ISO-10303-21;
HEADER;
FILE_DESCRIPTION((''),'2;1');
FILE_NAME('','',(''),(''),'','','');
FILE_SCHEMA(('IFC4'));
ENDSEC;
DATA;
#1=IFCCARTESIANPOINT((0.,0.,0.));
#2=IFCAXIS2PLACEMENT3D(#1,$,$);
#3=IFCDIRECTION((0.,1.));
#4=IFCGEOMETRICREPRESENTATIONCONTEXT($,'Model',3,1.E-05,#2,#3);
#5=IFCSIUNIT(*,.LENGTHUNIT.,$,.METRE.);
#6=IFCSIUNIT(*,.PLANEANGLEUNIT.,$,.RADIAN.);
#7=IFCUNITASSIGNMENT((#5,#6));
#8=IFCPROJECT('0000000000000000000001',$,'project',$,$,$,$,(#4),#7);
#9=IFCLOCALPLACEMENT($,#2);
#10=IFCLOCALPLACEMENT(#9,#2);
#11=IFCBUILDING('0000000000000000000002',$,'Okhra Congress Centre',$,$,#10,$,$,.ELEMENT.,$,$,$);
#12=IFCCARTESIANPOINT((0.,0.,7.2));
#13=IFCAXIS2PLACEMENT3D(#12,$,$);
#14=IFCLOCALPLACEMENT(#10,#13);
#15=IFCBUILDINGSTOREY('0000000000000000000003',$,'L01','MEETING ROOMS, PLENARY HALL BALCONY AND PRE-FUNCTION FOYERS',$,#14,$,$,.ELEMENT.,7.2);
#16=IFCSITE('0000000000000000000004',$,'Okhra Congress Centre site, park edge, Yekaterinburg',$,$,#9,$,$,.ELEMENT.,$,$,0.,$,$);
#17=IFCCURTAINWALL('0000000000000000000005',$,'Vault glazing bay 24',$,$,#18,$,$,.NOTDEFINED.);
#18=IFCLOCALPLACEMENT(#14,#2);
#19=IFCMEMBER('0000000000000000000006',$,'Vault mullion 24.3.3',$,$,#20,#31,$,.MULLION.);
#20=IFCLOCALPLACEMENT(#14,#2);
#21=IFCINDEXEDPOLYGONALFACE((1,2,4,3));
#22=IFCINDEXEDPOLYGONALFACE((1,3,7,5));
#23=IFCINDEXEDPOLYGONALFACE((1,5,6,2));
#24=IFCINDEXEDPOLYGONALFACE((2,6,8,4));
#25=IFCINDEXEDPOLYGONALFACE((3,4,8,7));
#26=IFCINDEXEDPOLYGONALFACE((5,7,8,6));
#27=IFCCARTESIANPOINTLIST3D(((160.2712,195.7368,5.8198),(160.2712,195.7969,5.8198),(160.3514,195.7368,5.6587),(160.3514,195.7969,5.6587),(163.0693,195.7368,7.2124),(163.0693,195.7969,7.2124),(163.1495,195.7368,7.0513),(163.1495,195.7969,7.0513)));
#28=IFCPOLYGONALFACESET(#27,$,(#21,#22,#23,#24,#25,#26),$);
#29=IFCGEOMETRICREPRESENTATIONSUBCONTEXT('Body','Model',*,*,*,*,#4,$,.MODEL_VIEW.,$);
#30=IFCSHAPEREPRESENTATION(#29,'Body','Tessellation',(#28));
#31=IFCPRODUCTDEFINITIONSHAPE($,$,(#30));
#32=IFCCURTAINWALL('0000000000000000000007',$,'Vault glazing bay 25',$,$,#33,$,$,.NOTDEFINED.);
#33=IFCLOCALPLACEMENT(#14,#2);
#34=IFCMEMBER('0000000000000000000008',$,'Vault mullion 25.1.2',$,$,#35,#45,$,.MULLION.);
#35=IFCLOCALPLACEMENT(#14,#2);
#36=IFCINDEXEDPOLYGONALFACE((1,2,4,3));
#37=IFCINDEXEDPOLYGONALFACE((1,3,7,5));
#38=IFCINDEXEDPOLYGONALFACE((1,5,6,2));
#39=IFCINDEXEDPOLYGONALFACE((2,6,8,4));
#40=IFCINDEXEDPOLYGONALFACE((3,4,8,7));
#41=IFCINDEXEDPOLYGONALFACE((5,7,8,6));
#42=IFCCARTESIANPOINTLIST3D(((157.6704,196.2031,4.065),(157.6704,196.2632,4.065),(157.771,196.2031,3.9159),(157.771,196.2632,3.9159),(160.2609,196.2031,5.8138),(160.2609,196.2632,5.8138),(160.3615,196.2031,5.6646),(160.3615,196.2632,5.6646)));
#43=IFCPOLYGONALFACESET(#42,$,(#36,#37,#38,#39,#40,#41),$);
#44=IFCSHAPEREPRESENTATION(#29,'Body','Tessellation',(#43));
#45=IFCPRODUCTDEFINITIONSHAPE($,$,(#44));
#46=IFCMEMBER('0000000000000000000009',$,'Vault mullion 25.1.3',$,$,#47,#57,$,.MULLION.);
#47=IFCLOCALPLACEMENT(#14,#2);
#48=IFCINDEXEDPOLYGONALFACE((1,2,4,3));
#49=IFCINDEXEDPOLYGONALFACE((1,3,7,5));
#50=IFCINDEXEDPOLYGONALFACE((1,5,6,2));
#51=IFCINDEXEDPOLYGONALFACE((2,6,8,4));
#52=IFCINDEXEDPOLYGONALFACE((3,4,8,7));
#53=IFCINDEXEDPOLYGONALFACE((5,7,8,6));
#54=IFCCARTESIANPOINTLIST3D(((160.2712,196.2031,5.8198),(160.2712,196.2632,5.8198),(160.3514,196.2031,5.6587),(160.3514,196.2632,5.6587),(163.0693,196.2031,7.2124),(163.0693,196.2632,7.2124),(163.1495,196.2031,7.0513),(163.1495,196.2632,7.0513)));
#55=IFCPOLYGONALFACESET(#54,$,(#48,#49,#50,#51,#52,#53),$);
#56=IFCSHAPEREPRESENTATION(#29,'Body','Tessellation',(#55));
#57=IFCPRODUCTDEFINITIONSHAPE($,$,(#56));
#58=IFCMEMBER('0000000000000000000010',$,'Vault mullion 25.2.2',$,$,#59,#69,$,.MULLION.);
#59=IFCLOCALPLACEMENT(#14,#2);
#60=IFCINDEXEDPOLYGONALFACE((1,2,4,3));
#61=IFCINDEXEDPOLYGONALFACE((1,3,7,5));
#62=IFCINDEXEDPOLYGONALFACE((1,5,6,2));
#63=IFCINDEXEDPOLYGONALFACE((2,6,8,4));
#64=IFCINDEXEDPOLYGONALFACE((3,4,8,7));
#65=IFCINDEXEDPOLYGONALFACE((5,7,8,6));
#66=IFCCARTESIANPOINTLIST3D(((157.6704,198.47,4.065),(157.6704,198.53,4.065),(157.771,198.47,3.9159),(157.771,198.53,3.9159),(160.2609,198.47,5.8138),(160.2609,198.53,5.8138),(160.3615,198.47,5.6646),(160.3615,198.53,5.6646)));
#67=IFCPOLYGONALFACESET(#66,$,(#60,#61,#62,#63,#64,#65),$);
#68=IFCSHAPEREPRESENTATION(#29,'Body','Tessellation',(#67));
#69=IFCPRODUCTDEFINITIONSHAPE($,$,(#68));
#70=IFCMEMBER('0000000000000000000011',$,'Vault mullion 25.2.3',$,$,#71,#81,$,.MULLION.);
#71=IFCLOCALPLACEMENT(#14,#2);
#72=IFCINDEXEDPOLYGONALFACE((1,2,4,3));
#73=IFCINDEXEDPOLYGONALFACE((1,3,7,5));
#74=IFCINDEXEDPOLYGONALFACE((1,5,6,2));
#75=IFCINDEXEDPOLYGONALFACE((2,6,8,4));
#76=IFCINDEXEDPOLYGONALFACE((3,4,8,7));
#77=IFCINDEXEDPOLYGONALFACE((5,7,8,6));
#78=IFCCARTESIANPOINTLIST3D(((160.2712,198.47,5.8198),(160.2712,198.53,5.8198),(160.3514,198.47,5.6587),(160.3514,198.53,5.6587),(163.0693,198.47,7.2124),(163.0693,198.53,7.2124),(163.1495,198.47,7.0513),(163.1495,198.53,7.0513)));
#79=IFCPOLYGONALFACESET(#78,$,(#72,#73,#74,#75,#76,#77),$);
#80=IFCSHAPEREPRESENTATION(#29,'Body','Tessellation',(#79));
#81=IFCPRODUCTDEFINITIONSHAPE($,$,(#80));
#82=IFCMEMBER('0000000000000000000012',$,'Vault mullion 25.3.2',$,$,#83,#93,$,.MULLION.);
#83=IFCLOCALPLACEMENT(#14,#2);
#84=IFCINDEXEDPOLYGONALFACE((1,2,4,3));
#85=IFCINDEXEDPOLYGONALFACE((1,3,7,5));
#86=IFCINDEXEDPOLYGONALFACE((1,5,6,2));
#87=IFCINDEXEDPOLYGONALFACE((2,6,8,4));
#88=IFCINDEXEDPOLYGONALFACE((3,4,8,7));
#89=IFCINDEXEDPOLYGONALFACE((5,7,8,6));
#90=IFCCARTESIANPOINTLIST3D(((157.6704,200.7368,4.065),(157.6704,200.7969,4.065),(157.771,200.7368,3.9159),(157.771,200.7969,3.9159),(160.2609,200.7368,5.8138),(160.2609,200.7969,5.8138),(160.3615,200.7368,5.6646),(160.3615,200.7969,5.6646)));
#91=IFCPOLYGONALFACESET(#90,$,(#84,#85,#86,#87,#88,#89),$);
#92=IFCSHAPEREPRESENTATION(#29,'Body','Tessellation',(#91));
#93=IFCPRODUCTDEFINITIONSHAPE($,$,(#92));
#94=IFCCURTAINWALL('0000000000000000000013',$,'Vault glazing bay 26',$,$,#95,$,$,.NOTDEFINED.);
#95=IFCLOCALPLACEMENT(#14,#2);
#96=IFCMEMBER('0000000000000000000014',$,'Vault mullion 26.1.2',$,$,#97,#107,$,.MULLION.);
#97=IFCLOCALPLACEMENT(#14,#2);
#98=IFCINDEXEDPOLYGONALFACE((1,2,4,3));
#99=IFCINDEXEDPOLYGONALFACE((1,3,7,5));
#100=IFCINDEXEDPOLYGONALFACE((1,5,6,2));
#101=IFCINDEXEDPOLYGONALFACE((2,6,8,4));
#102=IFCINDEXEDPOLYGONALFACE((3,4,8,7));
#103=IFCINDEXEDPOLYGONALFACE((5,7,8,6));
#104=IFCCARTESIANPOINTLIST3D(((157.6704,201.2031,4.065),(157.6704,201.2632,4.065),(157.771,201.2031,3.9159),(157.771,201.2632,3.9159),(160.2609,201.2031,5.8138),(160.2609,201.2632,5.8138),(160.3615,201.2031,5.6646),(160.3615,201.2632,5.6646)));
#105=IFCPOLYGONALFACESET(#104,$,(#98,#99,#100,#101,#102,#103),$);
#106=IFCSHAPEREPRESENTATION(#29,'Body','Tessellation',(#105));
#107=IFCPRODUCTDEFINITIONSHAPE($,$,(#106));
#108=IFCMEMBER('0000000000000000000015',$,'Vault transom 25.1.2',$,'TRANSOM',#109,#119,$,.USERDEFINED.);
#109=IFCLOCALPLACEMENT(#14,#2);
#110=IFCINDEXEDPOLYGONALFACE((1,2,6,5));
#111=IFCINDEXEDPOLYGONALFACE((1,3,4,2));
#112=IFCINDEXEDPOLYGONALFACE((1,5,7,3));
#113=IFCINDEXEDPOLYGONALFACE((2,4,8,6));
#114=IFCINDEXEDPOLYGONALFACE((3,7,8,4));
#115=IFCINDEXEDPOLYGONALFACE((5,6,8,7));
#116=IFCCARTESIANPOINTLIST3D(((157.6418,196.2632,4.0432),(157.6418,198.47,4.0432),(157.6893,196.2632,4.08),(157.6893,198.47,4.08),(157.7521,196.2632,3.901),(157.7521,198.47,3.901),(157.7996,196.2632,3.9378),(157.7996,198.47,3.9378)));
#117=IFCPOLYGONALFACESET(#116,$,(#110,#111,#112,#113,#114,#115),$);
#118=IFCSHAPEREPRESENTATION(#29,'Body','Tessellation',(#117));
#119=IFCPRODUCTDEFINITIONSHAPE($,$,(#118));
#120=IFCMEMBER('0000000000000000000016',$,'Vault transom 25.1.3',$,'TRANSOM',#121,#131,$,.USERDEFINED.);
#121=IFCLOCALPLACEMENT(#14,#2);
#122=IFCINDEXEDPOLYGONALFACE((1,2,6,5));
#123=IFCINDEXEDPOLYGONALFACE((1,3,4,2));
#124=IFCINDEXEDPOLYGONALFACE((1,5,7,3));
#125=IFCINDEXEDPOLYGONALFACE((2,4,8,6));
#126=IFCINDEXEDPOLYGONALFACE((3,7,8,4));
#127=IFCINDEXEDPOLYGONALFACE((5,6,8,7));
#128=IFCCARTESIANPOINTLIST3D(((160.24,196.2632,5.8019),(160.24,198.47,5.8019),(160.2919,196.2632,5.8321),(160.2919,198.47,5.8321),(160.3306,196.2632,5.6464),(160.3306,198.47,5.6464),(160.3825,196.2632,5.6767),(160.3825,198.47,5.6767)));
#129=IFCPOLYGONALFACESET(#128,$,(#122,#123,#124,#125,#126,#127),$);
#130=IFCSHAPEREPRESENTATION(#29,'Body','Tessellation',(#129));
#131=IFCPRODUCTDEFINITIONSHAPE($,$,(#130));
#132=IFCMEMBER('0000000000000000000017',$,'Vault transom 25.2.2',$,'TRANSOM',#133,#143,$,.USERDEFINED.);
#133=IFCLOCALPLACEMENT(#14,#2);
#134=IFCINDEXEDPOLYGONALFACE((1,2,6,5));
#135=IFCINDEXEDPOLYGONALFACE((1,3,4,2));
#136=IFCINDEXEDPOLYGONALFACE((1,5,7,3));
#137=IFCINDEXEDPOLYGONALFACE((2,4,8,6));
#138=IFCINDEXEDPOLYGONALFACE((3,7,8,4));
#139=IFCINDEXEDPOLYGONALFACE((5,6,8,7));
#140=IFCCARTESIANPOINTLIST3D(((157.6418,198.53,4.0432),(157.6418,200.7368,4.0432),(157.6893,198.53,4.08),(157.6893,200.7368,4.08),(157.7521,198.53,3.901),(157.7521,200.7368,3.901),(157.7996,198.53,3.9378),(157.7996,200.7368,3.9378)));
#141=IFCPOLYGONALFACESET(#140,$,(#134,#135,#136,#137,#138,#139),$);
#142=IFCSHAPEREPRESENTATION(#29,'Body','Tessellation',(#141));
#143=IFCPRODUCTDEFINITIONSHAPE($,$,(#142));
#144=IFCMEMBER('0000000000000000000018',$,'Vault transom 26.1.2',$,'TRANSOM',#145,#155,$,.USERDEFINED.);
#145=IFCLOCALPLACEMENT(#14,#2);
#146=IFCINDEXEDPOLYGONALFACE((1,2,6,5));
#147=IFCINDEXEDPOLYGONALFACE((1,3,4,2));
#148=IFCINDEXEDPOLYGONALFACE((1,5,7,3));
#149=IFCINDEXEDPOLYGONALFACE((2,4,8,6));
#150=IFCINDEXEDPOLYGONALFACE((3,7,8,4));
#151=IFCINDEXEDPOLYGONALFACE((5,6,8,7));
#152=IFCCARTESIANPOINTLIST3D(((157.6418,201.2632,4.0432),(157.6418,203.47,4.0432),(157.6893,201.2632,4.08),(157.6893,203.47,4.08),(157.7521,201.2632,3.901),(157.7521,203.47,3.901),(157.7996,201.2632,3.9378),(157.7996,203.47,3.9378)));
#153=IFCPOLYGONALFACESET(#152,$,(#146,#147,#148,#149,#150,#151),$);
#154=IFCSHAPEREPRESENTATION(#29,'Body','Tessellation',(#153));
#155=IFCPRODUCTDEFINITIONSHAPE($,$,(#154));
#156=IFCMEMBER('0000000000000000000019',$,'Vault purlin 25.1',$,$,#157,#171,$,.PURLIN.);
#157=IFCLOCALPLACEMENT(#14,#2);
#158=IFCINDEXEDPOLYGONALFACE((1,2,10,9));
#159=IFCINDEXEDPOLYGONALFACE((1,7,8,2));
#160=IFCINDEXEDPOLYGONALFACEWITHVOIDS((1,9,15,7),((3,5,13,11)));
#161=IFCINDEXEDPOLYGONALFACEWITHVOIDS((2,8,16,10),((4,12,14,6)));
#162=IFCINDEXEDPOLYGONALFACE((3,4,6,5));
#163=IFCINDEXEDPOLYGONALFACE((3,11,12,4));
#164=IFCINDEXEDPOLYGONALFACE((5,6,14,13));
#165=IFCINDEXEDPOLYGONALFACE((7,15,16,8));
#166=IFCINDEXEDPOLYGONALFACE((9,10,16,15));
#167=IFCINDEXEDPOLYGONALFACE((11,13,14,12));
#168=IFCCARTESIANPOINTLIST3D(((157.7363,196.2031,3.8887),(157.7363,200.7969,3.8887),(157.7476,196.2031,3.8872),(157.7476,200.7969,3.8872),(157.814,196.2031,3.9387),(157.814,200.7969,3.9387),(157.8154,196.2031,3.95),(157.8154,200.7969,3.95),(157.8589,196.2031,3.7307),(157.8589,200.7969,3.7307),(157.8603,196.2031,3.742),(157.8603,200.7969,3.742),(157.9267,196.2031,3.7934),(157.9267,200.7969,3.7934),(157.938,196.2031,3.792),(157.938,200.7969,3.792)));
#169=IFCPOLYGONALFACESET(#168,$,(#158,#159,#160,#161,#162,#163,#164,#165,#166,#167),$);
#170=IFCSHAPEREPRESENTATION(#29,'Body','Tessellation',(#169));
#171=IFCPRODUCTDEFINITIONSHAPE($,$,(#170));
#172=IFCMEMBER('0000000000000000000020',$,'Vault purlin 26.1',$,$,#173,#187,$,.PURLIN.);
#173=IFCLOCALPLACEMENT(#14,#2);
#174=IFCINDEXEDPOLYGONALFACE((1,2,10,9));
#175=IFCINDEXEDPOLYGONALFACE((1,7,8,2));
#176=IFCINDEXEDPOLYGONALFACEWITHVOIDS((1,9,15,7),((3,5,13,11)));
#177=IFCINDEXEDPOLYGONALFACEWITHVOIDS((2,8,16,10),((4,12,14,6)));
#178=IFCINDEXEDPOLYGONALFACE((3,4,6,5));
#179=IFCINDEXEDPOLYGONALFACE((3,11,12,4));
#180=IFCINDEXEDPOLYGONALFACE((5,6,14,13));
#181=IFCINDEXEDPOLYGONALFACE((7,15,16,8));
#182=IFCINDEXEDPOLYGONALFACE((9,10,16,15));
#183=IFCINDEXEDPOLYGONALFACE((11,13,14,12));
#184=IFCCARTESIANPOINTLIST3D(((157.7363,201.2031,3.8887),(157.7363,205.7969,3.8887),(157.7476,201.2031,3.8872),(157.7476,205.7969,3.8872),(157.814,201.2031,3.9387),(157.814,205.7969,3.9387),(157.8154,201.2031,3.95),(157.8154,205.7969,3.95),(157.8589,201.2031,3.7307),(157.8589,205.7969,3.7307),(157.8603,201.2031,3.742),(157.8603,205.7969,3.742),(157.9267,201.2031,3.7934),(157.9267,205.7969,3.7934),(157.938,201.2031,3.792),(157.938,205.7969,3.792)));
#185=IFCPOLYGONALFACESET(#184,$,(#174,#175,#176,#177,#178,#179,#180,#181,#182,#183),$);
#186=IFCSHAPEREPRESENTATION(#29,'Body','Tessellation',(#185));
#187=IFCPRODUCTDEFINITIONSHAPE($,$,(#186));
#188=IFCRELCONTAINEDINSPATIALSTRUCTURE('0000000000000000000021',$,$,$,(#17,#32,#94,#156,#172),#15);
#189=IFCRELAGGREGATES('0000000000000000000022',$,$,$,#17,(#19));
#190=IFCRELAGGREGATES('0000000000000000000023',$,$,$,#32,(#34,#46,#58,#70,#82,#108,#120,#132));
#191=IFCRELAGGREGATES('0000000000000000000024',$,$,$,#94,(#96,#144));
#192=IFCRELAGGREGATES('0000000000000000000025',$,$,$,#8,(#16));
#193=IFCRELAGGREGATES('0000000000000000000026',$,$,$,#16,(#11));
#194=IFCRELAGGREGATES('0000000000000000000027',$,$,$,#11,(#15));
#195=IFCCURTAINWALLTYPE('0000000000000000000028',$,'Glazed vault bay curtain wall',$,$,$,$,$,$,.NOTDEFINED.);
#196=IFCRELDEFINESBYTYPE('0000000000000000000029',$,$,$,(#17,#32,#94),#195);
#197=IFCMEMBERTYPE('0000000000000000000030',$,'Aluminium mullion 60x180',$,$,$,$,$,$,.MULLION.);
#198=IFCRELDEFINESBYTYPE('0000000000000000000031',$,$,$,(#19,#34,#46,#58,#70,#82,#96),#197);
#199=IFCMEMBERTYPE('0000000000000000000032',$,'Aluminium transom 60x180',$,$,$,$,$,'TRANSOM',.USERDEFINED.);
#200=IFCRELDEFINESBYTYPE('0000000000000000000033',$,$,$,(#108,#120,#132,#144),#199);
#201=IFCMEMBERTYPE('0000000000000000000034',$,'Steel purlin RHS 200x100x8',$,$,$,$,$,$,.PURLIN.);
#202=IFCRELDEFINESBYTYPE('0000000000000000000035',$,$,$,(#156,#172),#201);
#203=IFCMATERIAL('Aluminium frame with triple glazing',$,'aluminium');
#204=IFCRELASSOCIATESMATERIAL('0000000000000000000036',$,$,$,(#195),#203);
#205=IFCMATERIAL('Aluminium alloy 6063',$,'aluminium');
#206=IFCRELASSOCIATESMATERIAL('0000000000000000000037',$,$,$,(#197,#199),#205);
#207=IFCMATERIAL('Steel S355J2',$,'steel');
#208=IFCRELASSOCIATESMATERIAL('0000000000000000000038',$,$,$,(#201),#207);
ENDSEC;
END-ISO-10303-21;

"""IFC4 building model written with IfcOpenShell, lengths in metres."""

from ifc_helpers import new_model, si_unit, direction, frame, origin, origin_2d, place, context, subcontext, project, spatial, rectangle, hollow_rectangle, extrude, material, material_profile, profile_set, type_object, element, aggregate, save


model = new_model("IFC4")

# Units and contexts
model_context = context("Model", 3, precision=1e-05, world=origin(), true_north=direction((0.0, 1.0)))
body_context = subcontext(model_context, "Body", "Model", "MODEL_VIEW")
ifc_project = project(units=[si_unit("LENGTHUNIT", "METRE"), si_unit("PLANEANGLEUNIT", "RADIAN")], contexts=[model_context])

# Site, building, storey
site_placement = place(None, origin())
site = spatial("IfcSite", under=ifc_project, at=site_placement, Name="Okhra Congress Centre site, park edge, Yekaterinburg", CompositionType="ELEMENT", RefElevation=0.0)
building_placement = place(site_placement, origin())
building = spatial("IfcBuilding", under=site, at=building_placement, Name="Okhra Congress Centre", CompositionType="ELEMENT")
storey_placement = place(building_placement, frame((0.0, 0.0, 7.2)))
storey = spatial("IfcBuildingStorey", under=building, at=storey_placement, Name="L01", Description="MEETING ROOMS, PLENARY HALL BALCONY AND PRE-FUNCTION FOYERS", CompositionType="ELEMENT", Elevation=7.2)

# Curtain wall, member
ifc_material_1 = material(Name="Aluminium frame with triple glazing", Category="aluminium")
curtain_wall_type = type_object("IfcCurtainWallType", Name="Glazed vault bay curtain wall", PredefinedType="NOTDEFINED", material=ifc_material_1)
curtain_wall_1_placement = place(storey_placement, origin())
curtain_wall_1 = element("IfcCurtainWall", 1, at=curtain_wall_1_placement, inside=storey, type_object=curtain_wall_type, Name="Vault glazing bay 24", PredefinedType="NOTDEFINED")
ifc_material_2 = material(Name="Aluminium alloy 6063", Category="aluminium")
ifc_material_profile_1 = material_profile(ifc_material_2, rectangle(XDim=0.0601, YDim=0.1799, at=origin_2d()), Name="AL 60x180")
ifc_profile_set_1 = profile_set([ifc_material_profile_1], Name="Aluminium alloy 6063")
member_type_1 = type_object("IfcMemberType", Name="Aluminium mullion 60x180", PredefinedType="MULLION", material=ifc_profile_set_1)
member_1_placement = place(storey_placement, frame((160.3113, 195.7668, 5.7393), z_axis=(0.895254, 0.0, 0.445557), x_axis=(0.0, 1.0, 0.0)))
member_1 = element("IfcMember", 2, at=member_1_placement, type_object=member_type_1, Name="Vault mullion 24.3.3", PredefinedType="MULLION", context=body_context, shape_type="SweptSolid", body=[
    extrude(rectangle(XDim=0.0601, YDim=0.1799, at=origin_2d()), origin(), (0.0, 0.0, 1.0), 3.1255),
])
aggregate(curtain_wall_1, [member_1])

# Curtain wall, members
curtain_wall_2_placement = place(storey_placement, origin())
curtain_wall_2 = element("IfcCurtainWall", 3, at=curtain_wall_2_placement, inside=storey, type_object=curtain_wall_type, Name="Vault glazing bay 25", PredefinedType="NOTDEFINED")
member_2_placement = place(storey_placement, frame((157.7207, 196.2332, 3.9905), z_axis=(0.828828, 0.0, 0.559504), x_axis=(0.0, 1.0, 0.0)))
member_2 = element("IfcMember", 4, at=member_2_placement, type_object=member_type_1, Name="Vault mullion 25.1.2", PredefinedType="MULLION", context=body_context, shape_type="SweptSolid", body=[
    extrude(rectangle(XDim=0.0601, YDim=0.1799, at=origin_2d()), origin(), (0.0, 0.0, 1.0), 3.1255),
])
member_3_placement = place(storey_placement, frame((160.3113, 196.2332, 5.7393), z_axis=(0.895254, 0.0, 0.445557), x_axis=(0.0, 1.0, 0.0)))
member_3 = element("IfcMember", 5, at=member_3_placement, type_object=member_type_1, Name="Vault mullion 25.1.3", PredefinedType="MULLION", context=body_context, shape_type="SweptSolid", body=[
    extrude(rectangle(XDim=0.0601, YDim=0.1799, at=origin_2d()), origin(), (0.0, 0.0, 1.0), 3.1255),
])
member_4_placement = place(storey_placement, frame((157.7207, 198.5, 3.9905), z_axis=(0.828828, 0.0, 0.559504), x_axis=(0.0, 1.0, 0.0)))
member_4 = element("IfcMember", 6, at=member_4_placement, type_object=member_type_1, Name="Vault mullion 25.2.2", PredefinedType="MULLION", context=body_context, shape_type="SweptSolid", body=[
    extrude(rectangle(XDim=0.0601, YDim=0.1799, at=origin_2d()), origin(), (0.0, 0.0, 1.0), 3.1255),
])
member_5_placement = place(storey_placement, frame((160.3113, 198.5, 5.7393), z_axis=(0.895254, 0.0, 0.445557), x_axis=(0.0, 1.0, 0.0)))
member_5 = element("IfcMember", 7, at=member_5_placement, type_object=member_type_1, Name="Vault mullion 25.2.3", PredefinedType="MULLION", context=body_context, shape_type="SweptSolid", body=[
    extrude(rectangle(XDim=0.0601, YDim=0.1799, at=origin_2d()), origin(), (0.0, 0.0, 1.0), 3.1255),
])
member_6_placement = place(storey_placement, frame((157.7207, 200.7668, 3.9905), z_axis=(0.828828, 0.0, 0.559504), x_axis=(0.0, 1.0, 0.0)))
member_6 = element("IfcMember", 8, at=member_6_placement, type_object=member_type_1, Name="Vault mullion 25.3.2", PredefinedType="MULLION", context=body_context, shape_type="SweptSolid", body=[
    extrude(rectangle(XDim=0.0601, YDim=0.1799, at=origin_2d()), origin(), (0.0, 0.0, 1.0), 3.1255),
])

# Curtain wall, member
curtain_wall_3_placement = place(storey_placement, origin())
curtain_wall_3 = element("IfcCurtainWall", 9, at=curtain_wall_3_placement, inside=storey, type_object=curtain_wall_type, Name="Vault glazing bay 26", PredefinedType="NOTDEFINED")
member_7_placement = place(storey_placement, frame((157.7207, 201.2332, 3.9905), z_axis=(0.828828, 0.0, 0.559504), x_axis=(0.0, 1.0, 0.0)))
member_7 = element("IfcMember", 10, at=member_7_placement, type_object=member_type_1, Name="Vault mullion 26.1.2", PredefinedType="MULLION", context=body_context, shape_type="SweptSolid", body=[
    extrude(rectangle(XDim=0.0601, YDim=0.1799, at=origin_2d()), origin(), (0.0, 0.0, 1.0), 3.1255),
])

# Members
ifc_material_profile_2 = material_profile(ifc_material_2, rectangle(XDim=0.0601, YDim=0.1799, at=origin_2d()), Name="AL 60x180 transom")
ifc_profile_set_2 = profile_set([ifc_material_profile_2], Name="Aluminium alloy 6063")
member_type_2 = type_object("IfcMemberType", Name="Aluminium transom 60x180", ElementType="TRANSOM", PredefinedType="USERDEFINED", material=ifc_profile_set_2)
member_8_placement = place(storey_placement, frame((157.7207, 196.2632, 3.9905), z_axis=(0.0, 1.0, 0.0), x_axis=(-0.790145, 0.0, -0.61292)))
member_8 = element("IfcMember", 11, at=member_8_placement, type_object=member_type_2, Name="Vault transom 25.1.2", ObjectType="TRANSOM", PredefinedType="USERDEFINED", context=body_context, shape_type="SweptSolid", body=[
    extrude(rectangle(XDim=0.0601, YDim=0.1799, at=origin_2d()), origin(), (0.0, 0.0, 1.0), 2.2068),
])
member_9_placement = place(storey_placement, frame((160.3113, 196.2632, 5.7393), z_axis=(0.0, 1.0, 0.0), x_axis=(-0.863917, 0.0, -0.503634)))
member_9 = element("IfcMember", 12, at=member_9_placement, type_object=member_type_2, Name="Vault transom 25.1.3", ObjectType="TRANSOM", PredefinedType="USERDEFINED", context=body_context, shape_type="SweptSolid", body=[
    extrude(rectangle(XDim=0.0601, YDim=0.1799, at=origin_2d()), origin(), (0.0, 0.0, 1.0), 2.2068),
])
member_10_placement = place(storey_placement, frame((157.7207, 198.53, 3.9905), z_axis=(0.0, 1.0, 0.0), x_axis=(-0.790145, 0.0, -0.61292)))
member_10 = element("IfcMember", 13, at=member_10_placement, type_object=member_type_2, Name="Vault transom 25.2.2", ObjectType="TRANSOM", PredefinedType="USERDEFINED", context=body_context, shape_type="SweptSolid", body=[
    extrude(rectangle(XDim=0.0601, YDim=0.1799, at=origin_2d()), origin(), (0.0, 0.0, 1.0), 2.2068),
])
member_11_placement = place(storey_placement, frame((157.7207, 201.2632, 3.9905), z_axis=(0.0, 1.0, 0.0), x_axis=(-0.790145, 0.0, -0.61292)))
member_11 = element("IfcMember", 14, at=member_11_placement, type_object=member_type_2, Name="Vault transom 26.1.2", ObjectType="TRANSOM", PredefinedType="USERDEFINED", context=body_context, shape_type="SweptSolid", body=[
    extrude(rectangle(XDim=0.0601, YDim=0.1799, at=origin_2d()), origin(), (0.0, 0.0, 1.0), 2.2068),
])

# Members
ifc_material_3 = material(Name="Steel S355J2", Category="steel")
ifc_material_profile_3 = material_profile(ifc_material_3, hollow_rectangle(XDim=0.1001, YDim=0.2, WallThickness=0.0081, at=origin_2d()), Name="RHS 200x100x8")
ifc_profile_set_3 = profile_set([ifc_material_profile_3], Name="Steel S355J2")
member_type_3 = type_object("IfcMemberType", Name="Steel purlin RHS 200x100x8", PredefinedType="PURLIN", material=ifc_profile_set_3)
for number, where, z_axis, x_axis, name in (
    (15, (157.8372, 196.2031, 3.8403), (0.0, 1.0, 0.0), (-0.790145, 0.0, -0.61292), "Vault purlin 25.1"),
    (16, (157.8372, 201.2031, 3.8403), (0.0, 1.0, 0.0), (-0.790145, 0.0, -0.61292), "Vault purlin 26.1"),
):
    element("IfcMember", number, at=place(storey_placement, frame(where, z_axis=z_axis, x_axis=x_axis)), inside=storey, type_object=member_type_3, Name=name, PredefinedType="PURLIN", context=body_context, shape_type="SweptSolid", body=[
        extrude(hollow_rectangle(XDim=0.1001, YDim=0.2, WallThickness=0.0081, at=origin_2d()), origin(), (0.0, 0.0, 1.0), 4.5938),
    ])

aggregate(curtain_wall_2, [member_2, member_3, member_4, member_5, member_6, member_8, member_9, member_10])
aggregate(curtain_wall_3, [member_7, member_11])

save(model, "model.ifc")
